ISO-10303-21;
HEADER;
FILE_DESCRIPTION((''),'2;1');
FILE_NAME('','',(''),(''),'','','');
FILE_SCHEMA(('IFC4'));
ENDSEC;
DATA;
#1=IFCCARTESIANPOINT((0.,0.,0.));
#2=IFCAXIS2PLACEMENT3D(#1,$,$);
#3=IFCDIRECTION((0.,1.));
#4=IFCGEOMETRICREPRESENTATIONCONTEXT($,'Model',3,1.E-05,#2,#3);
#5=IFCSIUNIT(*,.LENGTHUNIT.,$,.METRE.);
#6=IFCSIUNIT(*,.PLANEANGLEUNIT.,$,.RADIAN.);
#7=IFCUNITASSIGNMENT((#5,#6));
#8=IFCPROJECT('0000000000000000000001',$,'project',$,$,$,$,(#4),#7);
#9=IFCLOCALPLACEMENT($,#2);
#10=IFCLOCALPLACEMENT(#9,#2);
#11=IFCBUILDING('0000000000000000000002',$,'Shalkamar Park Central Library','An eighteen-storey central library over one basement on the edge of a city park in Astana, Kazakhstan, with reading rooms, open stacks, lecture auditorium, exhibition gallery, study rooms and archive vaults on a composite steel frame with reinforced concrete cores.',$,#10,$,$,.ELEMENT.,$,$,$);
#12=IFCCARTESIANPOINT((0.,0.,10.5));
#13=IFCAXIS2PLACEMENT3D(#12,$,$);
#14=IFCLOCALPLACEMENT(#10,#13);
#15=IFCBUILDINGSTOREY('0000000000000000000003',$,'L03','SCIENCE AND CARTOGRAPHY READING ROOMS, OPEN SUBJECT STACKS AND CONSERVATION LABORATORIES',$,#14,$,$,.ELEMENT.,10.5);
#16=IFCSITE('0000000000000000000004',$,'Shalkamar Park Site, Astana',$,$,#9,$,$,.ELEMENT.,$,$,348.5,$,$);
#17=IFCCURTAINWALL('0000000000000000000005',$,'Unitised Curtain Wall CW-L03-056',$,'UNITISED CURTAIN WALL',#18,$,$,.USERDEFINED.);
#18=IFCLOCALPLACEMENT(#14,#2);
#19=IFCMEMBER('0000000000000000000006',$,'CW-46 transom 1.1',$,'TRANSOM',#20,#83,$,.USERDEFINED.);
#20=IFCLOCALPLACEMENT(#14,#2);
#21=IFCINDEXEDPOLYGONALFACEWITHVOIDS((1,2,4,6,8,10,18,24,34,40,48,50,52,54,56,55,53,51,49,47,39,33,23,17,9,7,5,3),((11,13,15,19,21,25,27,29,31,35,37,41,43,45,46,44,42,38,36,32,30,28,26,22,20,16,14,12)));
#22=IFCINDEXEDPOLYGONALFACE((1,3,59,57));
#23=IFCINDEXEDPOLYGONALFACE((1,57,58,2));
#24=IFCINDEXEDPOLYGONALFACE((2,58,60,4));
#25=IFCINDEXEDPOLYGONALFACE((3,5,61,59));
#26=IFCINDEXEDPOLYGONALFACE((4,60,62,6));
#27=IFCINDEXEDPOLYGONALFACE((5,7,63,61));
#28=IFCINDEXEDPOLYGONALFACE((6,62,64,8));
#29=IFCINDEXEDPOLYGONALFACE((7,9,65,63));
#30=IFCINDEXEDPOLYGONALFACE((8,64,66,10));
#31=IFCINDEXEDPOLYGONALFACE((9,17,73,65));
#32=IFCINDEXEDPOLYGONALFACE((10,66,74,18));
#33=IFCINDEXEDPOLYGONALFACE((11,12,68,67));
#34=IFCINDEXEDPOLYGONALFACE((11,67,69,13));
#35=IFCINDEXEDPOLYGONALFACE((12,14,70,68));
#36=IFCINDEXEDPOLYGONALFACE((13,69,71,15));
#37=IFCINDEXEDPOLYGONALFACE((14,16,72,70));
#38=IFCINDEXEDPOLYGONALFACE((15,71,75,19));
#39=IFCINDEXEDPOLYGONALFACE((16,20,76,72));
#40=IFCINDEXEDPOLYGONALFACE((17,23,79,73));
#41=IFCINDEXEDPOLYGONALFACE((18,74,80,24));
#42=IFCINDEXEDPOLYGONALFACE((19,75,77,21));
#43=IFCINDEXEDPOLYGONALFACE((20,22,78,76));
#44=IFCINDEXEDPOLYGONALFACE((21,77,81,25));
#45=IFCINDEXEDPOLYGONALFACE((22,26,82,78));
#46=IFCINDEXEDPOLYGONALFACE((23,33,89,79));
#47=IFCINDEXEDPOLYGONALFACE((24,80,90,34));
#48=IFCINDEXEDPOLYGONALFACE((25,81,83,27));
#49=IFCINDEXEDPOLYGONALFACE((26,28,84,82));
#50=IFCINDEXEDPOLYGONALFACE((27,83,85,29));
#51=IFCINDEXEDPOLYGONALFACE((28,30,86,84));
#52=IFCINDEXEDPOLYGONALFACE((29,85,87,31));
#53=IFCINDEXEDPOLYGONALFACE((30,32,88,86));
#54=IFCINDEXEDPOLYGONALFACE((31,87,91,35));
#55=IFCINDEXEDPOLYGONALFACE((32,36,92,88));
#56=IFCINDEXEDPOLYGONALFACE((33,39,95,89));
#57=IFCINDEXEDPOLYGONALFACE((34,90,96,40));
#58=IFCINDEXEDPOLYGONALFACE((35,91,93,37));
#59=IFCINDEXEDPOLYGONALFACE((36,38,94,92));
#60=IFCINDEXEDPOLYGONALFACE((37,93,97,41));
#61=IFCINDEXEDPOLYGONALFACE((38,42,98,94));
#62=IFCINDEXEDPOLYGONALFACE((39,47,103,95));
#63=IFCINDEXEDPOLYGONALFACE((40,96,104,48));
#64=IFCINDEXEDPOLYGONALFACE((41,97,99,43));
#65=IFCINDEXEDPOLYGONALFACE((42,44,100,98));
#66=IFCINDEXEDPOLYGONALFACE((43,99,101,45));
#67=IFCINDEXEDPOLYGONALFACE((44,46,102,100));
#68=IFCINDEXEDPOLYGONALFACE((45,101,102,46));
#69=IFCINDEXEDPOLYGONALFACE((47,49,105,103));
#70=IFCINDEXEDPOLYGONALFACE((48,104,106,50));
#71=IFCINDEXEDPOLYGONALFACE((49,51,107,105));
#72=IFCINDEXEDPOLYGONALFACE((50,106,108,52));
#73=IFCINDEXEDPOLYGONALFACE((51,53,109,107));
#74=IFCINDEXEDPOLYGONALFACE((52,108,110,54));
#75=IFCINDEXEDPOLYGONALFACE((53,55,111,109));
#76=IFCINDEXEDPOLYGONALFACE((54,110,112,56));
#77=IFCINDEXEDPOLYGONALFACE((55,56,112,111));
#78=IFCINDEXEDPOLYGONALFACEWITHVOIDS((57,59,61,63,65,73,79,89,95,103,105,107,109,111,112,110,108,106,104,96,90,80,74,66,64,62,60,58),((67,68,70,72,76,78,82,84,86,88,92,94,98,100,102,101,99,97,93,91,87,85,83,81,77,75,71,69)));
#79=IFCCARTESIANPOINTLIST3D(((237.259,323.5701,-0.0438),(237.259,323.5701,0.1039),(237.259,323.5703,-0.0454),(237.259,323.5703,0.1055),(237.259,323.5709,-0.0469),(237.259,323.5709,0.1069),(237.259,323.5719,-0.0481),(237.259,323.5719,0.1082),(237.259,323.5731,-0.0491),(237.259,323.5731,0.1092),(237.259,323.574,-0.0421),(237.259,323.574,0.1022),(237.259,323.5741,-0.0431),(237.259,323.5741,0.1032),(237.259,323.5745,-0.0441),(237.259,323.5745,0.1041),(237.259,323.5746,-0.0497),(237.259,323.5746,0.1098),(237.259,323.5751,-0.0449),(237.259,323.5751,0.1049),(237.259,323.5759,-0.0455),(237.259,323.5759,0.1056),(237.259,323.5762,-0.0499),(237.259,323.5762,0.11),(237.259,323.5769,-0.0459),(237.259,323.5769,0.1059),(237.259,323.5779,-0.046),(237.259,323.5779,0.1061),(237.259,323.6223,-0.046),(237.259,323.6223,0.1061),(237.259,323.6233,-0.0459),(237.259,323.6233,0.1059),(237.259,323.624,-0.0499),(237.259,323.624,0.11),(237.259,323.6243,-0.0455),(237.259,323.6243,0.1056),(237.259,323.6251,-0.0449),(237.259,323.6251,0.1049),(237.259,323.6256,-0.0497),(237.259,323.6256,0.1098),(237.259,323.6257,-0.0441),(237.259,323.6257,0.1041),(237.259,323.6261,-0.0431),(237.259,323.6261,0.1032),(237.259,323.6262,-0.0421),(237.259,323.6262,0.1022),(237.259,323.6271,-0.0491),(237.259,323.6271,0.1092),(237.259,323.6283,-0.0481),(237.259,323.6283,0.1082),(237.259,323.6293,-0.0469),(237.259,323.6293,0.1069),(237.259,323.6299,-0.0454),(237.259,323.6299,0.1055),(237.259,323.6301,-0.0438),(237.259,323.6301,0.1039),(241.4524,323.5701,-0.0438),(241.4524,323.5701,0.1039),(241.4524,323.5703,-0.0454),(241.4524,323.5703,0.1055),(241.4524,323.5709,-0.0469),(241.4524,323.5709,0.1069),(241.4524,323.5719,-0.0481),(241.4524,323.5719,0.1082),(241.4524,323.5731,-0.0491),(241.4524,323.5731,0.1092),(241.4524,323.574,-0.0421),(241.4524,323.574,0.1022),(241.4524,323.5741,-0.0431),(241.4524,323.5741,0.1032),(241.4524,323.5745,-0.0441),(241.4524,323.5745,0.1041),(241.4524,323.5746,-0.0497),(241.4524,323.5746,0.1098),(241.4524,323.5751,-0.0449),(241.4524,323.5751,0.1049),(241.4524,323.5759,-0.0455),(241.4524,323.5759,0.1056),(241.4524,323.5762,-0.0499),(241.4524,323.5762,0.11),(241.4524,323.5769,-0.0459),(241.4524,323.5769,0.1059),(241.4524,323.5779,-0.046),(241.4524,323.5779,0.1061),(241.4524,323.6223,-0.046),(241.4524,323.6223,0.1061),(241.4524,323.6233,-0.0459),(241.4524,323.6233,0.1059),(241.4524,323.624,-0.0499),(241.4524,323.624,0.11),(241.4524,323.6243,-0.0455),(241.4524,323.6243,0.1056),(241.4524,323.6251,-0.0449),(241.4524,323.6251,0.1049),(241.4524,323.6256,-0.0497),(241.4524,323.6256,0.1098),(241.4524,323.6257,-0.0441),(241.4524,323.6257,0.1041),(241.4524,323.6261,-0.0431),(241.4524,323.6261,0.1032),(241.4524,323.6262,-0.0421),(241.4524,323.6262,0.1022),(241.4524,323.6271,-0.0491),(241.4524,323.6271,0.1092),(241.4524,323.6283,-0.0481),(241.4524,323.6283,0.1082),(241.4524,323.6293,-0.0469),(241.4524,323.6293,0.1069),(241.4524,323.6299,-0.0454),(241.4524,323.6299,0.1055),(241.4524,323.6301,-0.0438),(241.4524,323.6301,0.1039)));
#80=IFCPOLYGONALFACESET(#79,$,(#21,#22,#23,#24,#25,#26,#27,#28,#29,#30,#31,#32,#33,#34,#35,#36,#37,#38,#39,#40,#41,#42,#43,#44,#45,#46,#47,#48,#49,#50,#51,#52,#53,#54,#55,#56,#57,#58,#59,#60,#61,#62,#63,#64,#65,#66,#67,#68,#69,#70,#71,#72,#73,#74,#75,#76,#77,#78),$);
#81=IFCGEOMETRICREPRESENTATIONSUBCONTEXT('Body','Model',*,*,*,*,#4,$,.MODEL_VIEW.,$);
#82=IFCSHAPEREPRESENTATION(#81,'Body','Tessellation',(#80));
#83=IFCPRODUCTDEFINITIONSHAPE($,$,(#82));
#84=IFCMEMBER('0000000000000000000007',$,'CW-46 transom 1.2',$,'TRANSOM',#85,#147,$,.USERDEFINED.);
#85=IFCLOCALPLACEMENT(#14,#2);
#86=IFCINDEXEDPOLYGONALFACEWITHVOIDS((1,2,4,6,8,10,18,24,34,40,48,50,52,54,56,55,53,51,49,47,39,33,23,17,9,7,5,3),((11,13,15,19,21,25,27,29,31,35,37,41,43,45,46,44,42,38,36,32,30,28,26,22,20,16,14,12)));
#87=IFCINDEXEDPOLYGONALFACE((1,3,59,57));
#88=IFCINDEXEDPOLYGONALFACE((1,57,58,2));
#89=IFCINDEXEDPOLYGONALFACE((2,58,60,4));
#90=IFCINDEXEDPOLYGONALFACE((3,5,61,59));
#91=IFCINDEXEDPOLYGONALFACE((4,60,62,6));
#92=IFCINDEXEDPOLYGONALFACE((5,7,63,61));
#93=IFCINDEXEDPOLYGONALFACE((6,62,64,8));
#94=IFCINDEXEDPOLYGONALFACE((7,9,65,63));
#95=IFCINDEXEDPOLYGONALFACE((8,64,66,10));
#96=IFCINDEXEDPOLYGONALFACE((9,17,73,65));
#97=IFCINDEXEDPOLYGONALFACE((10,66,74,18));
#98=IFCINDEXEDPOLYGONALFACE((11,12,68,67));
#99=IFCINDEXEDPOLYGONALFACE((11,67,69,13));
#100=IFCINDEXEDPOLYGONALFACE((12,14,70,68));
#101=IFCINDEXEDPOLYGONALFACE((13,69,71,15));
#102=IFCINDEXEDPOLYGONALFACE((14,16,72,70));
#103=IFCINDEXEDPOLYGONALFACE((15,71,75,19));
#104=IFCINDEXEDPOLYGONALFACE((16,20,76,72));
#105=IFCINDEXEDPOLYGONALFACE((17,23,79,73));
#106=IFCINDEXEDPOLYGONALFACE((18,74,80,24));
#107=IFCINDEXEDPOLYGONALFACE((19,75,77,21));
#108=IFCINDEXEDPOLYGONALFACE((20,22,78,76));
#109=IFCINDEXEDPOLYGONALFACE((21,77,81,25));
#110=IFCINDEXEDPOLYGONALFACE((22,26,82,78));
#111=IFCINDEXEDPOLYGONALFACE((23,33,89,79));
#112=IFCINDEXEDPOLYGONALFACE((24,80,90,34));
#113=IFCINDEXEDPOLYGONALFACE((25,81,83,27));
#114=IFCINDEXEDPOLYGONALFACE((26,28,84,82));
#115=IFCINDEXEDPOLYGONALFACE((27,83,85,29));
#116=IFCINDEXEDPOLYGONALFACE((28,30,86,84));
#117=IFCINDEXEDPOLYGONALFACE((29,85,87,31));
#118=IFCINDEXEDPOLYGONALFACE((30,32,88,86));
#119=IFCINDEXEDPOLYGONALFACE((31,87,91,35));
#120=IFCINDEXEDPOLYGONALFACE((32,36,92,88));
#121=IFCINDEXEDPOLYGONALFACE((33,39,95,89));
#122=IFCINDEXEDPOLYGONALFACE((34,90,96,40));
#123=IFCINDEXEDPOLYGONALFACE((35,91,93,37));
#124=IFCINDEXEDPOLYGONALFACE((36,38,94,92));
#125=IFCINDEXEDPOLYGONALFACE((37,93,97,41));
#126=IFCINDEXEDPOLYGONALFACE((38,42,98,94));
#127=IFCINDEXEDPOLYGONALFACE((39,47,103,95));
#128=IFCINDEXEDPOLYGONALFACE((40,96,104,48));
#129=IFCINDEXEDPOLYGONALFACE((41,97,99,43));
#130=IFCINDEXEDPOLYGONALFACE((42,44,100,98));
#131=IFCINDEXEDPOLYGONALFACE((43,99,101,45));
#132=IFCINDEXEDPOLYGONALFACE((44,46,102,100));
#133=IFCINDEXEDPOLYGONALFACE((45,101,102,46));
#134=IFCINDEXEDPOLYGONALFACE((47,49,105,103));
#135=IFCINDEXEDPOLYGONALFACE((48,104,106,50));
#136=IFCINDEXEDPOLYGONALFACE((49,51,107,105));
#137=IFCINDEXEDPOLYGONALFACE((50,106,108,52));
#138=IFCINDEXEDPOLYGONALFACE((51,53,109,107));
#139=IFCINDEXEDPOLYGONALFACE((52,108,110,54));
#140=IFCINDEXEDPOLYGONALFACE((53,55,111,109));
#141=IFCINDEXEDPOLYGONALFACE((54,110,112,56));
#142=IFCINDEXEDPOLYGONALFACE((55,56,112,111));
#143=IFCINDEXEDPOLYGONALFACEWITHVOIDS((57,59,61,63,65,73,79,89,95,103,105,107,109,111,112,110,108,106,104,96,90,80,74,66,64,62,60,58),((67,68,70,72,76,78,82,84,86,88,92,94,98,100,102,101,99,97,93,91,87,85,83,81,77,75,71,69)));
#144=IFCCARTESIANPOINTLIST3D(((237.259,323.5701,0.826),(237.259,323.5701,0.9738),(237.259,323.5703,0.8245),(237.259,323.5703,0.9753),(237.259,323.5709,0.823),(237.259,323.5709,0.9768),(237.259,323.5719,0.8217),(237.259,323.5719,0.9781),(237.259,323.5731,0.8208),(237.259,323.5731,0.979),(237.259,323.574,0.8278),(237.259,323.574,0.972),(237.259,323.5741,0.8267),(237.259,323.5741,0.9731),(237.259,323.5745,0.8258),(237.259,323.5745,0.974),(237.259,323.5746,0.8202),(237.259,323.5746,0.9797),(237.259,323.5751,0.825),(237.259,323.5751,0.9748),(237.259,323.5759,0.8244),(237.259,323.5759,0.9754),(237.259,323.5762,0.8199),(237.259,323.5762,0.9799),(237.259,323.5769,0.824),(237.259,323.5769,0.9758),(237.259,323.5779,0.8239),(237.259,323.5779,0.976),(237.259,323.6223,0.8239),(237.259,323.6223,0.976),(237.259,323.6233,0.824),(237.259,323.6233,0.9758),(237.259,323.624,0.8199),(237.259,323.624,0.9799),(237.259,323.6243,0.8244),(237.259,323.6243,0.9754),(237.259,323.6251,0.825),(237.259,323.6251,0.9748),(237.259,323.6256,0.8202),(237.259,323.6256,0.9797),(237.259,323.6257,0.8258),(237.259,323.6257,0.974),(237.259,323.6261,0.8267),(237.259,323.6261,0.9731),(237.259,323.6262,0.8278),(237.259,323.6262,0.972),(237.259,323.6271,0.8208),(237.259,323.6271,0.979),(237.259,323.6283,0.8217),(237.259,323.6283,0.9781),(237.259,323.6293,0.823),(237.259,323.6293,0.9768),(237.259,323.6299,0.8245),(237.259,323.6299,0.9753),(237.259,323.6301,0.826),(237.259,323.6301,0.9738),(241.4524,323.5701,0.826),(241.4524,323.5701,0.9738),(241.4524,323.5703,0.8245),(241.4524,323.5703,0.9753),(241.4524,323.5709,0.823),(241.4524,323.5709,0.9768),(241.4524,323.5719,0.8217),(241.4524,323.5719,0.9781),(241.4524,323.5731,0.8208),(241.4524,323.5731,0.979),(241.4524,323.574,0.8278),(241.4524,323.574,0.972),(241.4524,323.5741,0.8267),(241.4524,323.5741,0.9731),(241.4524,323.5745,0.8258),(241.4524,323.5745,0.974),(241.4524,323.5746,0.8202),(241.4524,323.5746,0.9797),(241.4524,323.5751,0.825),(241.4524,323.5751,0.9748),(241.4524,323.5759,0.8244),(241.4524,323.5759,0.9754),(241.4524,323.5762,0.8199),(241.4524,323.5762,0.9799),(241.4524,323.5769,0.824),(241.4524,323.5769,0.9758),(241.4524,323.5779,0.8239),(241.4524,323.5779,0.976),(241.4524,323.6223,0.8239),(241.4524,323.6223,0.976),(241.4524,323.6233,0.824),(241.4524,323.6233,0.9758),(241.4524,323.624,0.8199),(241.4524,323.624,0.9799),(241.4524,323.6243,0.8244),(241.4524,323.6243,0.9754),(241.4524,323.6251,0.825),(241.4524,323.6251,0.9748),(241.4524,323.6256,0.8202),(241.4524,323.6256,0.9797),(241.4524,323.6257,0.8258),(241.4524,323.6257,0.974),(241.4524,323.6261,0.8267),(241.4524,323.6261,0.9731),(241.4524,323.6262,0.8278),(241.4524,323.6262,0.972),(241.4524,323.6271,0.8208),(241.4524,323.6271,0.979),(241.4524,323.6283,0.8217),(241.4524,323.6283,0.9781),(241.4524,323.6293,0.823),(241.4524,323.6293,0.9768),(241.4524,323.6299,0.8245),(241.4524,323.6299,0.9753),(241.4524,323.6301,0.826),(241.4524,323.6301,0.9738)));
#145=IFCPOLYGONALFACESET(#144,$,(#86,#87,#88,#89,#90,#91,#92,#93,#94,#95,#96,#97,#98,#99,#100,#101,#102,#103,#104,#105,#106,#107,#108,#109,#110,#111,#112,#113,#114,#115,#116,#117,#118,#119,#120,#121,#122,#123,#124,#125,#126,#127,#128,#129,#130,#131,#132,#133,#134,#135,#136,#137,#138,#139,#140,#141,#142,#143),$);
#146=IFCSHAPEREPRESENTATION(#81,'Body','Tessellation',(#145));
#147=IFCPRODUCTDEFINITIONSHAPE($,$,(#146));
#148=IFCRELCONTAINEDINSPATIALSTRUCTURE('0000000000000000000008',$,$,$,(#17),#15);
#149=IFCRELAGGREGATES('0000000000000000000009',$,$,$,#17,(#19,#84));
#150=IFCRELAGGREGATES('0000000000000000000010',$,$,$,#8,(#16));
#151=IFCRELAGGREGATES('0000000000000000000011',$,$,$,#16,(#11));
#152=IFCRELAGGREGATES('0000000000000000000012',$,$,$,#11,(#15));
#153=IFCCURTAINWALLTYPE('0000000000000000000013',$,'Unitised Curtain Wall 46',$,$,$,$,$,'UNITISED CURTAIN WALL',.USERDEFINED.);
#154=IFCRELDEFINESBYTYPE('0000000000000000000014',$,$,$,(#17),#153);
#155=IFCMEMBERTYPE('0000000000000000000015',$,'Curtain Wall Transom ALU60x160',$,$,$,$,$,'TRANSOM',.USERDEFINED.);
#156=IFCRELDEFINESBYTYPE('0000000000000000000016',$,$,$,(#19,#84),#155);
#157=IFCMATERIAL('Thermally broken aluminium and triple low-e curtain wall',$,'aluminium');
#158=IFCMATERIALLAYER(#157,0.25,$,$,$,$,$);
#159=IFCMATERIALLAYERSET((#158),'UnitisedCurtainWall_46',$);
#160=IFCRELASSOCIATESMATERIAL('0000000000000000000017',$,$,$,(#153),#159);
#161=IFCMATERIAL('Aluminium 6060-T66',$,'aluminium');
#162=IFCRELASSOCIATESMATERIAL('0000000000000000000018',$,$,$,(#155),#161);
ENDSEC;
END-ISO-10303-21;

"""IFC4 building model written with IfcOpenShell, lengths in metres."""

from ifc_helpers import new_model, si_unit, direction, frame, origin, origin_2d, place, context, subcontext, project, spatial, hollow_rectangle, extrude, material, layer, layer_set, material_profile, profile_set, type_object, element, aggregate, save


model = new_model("IFC4")

# Units and contexts
model_context = context("Model", 3, precision=1e-05, world=origin(), true_north=direction((0.0, 1.0)))
body_context = subcontext(model_context, "Body", "Model", "MODEL_VIEW")
ifc_project = project(units=[si_unit("LENGTHUNIT", "METRE"), si_unit("PLANEANGLEUNIT", "RADIAN")], contexts=[model_context])

# Site, building, storey
site_placement = place(None, origin())
site = spatial("IfcSite", under=ifc_project, at=site_placement, Name="Shalkamar Park Site, Astana", CompositionType="ELEMENT", RefElevation=348.5)
building_placement = place(site_placement, origin())
building = spatial("IfcBuilding", under=site, at=building_placement, Name="Shalkamar Park Central Library", Description="An eighteen-storey central library over one basement on the edge of a city park in Astana, Kazakhstan, with reading rooms, open stacks, lecture auditorium, exhibition gallery, study rooms and archive vaults on a composite steel frame with reinforced concrete cores.", CompositionType="ELEMENT")
storey_placement = place(building_placement, frame((0.0, 0.0, 10.5)))
storey = spatial("IfcBuildingStorey", under=building, at=storey_placement, Name="L03", Description="SCIENCE AND CARTOGRAPHY READING ROOMS, OPEN SUBJECT STACKS AND CONSERVATION LABORATORIES", CompositionType="ELEMENT", Elevation=10.5)

# Curtain wall, members
ifc_material_1 = material(Name="Thermally broken aluminium and triple low-e curtain wall", Category="aluminium")
ifc_layer_1 = layer(ifc_material_1, 0.25)
ifc_layer_set_1 = layer_set([ifc_layer_1], Name="UnitisedCurtainWall_46")
curtain_wall_type = type_object("IfcCurtainWallType", Name="Unitised Curtain Wall 46", ElementType="UNITISED CURTAIN WALL", PredefinedType="USERDEFINED", material=ifc_layer_set_1)
curtain_wall_placement = place(storey_placement, origin())
curtain_wall = element("IfcCurtainWall", 1, at=curtain_wall_placement, inside=storey, type_object=curtain_wall_type, Name="Unitised Curtain Wall CW-L03-056", ObjectType="UNITISED CURTAIN WALL", PredefinedType="USERDEFINED")
ifc_material_2 = material(Name="Aluminium 6060-T66", Category="aluminium")
ifc_material_profile_1 = material_profile(ifc_material_2, hollow_rectangle(XDim=0.0601, YDim=0.1599, WallThickness=0.0039, InnerFilletRadius=0.0039, OuterFilletRadius=0.0061, at=origin_2d()), Name="ALU 60x160x4")
ifc_profile_set_1 = profile_set([ifc_material_profile_1], Name="Aluminium 6060-T66")
member_type_1 = type_object("IfcMemberType", Name="Curtain Wall Transom ALU60x160", ElementType="TRANSOM", PredefinedType="USERDEFINED", material=ifc_profile_set_1)
member_1_placement = place(storey_placement, frame((237.259, 323.6001, 0.03), z_axis=(1.0, 0.0, 0.0), x_axis=(0.0, 1.0, 0.0)))
member_1 = element("IfcMember", 2, at=member_1_placement, type_object=member_type_1, Name="CW-46 transom 1.1", ObjectType="TRANSOM", PredefinedType="USERDEFINED", context=body_context, shape_type="SweptSolid", body=[
    extrude(hollow_rectangle(XDim=0.0601, YDim=0.1599, WallThickness=0.0039, InnerFilletRadius=0.0039, OuterFilletRadius=0.0061, at=origin_2d()), origin(), (0.0, 0.0, 1.0), 4.1934),
])
member_2_placement = place(storey_placement, frame((237.259, 323.6001, 0.8999), z_axis=(1.0, 0.0, 0.0), x_axis=(0.0, 1.0, 0.0)))
member_2 = element("IfcMember", 3, at=member_2_placement, type_object=member_type_1, Name="CW-46 transom 1.2", ObjectType="TRANSOM", PredefinedType="USERDEFINED", context=body_context, shape_type="SweptSolid", body=[
    extrude(hollow_rectangle(XDim=0.0601, YDim=0.1599, WallThickness=0.0039, InnerFilletRadius=0.0039, OuterFilletRadius=0.0061, at=origin_2d()), origin(), (0.0, 0.0, 1.0), 4.1934),
])

aggregate(curtain_wall, [member_1, member_2])

save(model, "model.ifc")
